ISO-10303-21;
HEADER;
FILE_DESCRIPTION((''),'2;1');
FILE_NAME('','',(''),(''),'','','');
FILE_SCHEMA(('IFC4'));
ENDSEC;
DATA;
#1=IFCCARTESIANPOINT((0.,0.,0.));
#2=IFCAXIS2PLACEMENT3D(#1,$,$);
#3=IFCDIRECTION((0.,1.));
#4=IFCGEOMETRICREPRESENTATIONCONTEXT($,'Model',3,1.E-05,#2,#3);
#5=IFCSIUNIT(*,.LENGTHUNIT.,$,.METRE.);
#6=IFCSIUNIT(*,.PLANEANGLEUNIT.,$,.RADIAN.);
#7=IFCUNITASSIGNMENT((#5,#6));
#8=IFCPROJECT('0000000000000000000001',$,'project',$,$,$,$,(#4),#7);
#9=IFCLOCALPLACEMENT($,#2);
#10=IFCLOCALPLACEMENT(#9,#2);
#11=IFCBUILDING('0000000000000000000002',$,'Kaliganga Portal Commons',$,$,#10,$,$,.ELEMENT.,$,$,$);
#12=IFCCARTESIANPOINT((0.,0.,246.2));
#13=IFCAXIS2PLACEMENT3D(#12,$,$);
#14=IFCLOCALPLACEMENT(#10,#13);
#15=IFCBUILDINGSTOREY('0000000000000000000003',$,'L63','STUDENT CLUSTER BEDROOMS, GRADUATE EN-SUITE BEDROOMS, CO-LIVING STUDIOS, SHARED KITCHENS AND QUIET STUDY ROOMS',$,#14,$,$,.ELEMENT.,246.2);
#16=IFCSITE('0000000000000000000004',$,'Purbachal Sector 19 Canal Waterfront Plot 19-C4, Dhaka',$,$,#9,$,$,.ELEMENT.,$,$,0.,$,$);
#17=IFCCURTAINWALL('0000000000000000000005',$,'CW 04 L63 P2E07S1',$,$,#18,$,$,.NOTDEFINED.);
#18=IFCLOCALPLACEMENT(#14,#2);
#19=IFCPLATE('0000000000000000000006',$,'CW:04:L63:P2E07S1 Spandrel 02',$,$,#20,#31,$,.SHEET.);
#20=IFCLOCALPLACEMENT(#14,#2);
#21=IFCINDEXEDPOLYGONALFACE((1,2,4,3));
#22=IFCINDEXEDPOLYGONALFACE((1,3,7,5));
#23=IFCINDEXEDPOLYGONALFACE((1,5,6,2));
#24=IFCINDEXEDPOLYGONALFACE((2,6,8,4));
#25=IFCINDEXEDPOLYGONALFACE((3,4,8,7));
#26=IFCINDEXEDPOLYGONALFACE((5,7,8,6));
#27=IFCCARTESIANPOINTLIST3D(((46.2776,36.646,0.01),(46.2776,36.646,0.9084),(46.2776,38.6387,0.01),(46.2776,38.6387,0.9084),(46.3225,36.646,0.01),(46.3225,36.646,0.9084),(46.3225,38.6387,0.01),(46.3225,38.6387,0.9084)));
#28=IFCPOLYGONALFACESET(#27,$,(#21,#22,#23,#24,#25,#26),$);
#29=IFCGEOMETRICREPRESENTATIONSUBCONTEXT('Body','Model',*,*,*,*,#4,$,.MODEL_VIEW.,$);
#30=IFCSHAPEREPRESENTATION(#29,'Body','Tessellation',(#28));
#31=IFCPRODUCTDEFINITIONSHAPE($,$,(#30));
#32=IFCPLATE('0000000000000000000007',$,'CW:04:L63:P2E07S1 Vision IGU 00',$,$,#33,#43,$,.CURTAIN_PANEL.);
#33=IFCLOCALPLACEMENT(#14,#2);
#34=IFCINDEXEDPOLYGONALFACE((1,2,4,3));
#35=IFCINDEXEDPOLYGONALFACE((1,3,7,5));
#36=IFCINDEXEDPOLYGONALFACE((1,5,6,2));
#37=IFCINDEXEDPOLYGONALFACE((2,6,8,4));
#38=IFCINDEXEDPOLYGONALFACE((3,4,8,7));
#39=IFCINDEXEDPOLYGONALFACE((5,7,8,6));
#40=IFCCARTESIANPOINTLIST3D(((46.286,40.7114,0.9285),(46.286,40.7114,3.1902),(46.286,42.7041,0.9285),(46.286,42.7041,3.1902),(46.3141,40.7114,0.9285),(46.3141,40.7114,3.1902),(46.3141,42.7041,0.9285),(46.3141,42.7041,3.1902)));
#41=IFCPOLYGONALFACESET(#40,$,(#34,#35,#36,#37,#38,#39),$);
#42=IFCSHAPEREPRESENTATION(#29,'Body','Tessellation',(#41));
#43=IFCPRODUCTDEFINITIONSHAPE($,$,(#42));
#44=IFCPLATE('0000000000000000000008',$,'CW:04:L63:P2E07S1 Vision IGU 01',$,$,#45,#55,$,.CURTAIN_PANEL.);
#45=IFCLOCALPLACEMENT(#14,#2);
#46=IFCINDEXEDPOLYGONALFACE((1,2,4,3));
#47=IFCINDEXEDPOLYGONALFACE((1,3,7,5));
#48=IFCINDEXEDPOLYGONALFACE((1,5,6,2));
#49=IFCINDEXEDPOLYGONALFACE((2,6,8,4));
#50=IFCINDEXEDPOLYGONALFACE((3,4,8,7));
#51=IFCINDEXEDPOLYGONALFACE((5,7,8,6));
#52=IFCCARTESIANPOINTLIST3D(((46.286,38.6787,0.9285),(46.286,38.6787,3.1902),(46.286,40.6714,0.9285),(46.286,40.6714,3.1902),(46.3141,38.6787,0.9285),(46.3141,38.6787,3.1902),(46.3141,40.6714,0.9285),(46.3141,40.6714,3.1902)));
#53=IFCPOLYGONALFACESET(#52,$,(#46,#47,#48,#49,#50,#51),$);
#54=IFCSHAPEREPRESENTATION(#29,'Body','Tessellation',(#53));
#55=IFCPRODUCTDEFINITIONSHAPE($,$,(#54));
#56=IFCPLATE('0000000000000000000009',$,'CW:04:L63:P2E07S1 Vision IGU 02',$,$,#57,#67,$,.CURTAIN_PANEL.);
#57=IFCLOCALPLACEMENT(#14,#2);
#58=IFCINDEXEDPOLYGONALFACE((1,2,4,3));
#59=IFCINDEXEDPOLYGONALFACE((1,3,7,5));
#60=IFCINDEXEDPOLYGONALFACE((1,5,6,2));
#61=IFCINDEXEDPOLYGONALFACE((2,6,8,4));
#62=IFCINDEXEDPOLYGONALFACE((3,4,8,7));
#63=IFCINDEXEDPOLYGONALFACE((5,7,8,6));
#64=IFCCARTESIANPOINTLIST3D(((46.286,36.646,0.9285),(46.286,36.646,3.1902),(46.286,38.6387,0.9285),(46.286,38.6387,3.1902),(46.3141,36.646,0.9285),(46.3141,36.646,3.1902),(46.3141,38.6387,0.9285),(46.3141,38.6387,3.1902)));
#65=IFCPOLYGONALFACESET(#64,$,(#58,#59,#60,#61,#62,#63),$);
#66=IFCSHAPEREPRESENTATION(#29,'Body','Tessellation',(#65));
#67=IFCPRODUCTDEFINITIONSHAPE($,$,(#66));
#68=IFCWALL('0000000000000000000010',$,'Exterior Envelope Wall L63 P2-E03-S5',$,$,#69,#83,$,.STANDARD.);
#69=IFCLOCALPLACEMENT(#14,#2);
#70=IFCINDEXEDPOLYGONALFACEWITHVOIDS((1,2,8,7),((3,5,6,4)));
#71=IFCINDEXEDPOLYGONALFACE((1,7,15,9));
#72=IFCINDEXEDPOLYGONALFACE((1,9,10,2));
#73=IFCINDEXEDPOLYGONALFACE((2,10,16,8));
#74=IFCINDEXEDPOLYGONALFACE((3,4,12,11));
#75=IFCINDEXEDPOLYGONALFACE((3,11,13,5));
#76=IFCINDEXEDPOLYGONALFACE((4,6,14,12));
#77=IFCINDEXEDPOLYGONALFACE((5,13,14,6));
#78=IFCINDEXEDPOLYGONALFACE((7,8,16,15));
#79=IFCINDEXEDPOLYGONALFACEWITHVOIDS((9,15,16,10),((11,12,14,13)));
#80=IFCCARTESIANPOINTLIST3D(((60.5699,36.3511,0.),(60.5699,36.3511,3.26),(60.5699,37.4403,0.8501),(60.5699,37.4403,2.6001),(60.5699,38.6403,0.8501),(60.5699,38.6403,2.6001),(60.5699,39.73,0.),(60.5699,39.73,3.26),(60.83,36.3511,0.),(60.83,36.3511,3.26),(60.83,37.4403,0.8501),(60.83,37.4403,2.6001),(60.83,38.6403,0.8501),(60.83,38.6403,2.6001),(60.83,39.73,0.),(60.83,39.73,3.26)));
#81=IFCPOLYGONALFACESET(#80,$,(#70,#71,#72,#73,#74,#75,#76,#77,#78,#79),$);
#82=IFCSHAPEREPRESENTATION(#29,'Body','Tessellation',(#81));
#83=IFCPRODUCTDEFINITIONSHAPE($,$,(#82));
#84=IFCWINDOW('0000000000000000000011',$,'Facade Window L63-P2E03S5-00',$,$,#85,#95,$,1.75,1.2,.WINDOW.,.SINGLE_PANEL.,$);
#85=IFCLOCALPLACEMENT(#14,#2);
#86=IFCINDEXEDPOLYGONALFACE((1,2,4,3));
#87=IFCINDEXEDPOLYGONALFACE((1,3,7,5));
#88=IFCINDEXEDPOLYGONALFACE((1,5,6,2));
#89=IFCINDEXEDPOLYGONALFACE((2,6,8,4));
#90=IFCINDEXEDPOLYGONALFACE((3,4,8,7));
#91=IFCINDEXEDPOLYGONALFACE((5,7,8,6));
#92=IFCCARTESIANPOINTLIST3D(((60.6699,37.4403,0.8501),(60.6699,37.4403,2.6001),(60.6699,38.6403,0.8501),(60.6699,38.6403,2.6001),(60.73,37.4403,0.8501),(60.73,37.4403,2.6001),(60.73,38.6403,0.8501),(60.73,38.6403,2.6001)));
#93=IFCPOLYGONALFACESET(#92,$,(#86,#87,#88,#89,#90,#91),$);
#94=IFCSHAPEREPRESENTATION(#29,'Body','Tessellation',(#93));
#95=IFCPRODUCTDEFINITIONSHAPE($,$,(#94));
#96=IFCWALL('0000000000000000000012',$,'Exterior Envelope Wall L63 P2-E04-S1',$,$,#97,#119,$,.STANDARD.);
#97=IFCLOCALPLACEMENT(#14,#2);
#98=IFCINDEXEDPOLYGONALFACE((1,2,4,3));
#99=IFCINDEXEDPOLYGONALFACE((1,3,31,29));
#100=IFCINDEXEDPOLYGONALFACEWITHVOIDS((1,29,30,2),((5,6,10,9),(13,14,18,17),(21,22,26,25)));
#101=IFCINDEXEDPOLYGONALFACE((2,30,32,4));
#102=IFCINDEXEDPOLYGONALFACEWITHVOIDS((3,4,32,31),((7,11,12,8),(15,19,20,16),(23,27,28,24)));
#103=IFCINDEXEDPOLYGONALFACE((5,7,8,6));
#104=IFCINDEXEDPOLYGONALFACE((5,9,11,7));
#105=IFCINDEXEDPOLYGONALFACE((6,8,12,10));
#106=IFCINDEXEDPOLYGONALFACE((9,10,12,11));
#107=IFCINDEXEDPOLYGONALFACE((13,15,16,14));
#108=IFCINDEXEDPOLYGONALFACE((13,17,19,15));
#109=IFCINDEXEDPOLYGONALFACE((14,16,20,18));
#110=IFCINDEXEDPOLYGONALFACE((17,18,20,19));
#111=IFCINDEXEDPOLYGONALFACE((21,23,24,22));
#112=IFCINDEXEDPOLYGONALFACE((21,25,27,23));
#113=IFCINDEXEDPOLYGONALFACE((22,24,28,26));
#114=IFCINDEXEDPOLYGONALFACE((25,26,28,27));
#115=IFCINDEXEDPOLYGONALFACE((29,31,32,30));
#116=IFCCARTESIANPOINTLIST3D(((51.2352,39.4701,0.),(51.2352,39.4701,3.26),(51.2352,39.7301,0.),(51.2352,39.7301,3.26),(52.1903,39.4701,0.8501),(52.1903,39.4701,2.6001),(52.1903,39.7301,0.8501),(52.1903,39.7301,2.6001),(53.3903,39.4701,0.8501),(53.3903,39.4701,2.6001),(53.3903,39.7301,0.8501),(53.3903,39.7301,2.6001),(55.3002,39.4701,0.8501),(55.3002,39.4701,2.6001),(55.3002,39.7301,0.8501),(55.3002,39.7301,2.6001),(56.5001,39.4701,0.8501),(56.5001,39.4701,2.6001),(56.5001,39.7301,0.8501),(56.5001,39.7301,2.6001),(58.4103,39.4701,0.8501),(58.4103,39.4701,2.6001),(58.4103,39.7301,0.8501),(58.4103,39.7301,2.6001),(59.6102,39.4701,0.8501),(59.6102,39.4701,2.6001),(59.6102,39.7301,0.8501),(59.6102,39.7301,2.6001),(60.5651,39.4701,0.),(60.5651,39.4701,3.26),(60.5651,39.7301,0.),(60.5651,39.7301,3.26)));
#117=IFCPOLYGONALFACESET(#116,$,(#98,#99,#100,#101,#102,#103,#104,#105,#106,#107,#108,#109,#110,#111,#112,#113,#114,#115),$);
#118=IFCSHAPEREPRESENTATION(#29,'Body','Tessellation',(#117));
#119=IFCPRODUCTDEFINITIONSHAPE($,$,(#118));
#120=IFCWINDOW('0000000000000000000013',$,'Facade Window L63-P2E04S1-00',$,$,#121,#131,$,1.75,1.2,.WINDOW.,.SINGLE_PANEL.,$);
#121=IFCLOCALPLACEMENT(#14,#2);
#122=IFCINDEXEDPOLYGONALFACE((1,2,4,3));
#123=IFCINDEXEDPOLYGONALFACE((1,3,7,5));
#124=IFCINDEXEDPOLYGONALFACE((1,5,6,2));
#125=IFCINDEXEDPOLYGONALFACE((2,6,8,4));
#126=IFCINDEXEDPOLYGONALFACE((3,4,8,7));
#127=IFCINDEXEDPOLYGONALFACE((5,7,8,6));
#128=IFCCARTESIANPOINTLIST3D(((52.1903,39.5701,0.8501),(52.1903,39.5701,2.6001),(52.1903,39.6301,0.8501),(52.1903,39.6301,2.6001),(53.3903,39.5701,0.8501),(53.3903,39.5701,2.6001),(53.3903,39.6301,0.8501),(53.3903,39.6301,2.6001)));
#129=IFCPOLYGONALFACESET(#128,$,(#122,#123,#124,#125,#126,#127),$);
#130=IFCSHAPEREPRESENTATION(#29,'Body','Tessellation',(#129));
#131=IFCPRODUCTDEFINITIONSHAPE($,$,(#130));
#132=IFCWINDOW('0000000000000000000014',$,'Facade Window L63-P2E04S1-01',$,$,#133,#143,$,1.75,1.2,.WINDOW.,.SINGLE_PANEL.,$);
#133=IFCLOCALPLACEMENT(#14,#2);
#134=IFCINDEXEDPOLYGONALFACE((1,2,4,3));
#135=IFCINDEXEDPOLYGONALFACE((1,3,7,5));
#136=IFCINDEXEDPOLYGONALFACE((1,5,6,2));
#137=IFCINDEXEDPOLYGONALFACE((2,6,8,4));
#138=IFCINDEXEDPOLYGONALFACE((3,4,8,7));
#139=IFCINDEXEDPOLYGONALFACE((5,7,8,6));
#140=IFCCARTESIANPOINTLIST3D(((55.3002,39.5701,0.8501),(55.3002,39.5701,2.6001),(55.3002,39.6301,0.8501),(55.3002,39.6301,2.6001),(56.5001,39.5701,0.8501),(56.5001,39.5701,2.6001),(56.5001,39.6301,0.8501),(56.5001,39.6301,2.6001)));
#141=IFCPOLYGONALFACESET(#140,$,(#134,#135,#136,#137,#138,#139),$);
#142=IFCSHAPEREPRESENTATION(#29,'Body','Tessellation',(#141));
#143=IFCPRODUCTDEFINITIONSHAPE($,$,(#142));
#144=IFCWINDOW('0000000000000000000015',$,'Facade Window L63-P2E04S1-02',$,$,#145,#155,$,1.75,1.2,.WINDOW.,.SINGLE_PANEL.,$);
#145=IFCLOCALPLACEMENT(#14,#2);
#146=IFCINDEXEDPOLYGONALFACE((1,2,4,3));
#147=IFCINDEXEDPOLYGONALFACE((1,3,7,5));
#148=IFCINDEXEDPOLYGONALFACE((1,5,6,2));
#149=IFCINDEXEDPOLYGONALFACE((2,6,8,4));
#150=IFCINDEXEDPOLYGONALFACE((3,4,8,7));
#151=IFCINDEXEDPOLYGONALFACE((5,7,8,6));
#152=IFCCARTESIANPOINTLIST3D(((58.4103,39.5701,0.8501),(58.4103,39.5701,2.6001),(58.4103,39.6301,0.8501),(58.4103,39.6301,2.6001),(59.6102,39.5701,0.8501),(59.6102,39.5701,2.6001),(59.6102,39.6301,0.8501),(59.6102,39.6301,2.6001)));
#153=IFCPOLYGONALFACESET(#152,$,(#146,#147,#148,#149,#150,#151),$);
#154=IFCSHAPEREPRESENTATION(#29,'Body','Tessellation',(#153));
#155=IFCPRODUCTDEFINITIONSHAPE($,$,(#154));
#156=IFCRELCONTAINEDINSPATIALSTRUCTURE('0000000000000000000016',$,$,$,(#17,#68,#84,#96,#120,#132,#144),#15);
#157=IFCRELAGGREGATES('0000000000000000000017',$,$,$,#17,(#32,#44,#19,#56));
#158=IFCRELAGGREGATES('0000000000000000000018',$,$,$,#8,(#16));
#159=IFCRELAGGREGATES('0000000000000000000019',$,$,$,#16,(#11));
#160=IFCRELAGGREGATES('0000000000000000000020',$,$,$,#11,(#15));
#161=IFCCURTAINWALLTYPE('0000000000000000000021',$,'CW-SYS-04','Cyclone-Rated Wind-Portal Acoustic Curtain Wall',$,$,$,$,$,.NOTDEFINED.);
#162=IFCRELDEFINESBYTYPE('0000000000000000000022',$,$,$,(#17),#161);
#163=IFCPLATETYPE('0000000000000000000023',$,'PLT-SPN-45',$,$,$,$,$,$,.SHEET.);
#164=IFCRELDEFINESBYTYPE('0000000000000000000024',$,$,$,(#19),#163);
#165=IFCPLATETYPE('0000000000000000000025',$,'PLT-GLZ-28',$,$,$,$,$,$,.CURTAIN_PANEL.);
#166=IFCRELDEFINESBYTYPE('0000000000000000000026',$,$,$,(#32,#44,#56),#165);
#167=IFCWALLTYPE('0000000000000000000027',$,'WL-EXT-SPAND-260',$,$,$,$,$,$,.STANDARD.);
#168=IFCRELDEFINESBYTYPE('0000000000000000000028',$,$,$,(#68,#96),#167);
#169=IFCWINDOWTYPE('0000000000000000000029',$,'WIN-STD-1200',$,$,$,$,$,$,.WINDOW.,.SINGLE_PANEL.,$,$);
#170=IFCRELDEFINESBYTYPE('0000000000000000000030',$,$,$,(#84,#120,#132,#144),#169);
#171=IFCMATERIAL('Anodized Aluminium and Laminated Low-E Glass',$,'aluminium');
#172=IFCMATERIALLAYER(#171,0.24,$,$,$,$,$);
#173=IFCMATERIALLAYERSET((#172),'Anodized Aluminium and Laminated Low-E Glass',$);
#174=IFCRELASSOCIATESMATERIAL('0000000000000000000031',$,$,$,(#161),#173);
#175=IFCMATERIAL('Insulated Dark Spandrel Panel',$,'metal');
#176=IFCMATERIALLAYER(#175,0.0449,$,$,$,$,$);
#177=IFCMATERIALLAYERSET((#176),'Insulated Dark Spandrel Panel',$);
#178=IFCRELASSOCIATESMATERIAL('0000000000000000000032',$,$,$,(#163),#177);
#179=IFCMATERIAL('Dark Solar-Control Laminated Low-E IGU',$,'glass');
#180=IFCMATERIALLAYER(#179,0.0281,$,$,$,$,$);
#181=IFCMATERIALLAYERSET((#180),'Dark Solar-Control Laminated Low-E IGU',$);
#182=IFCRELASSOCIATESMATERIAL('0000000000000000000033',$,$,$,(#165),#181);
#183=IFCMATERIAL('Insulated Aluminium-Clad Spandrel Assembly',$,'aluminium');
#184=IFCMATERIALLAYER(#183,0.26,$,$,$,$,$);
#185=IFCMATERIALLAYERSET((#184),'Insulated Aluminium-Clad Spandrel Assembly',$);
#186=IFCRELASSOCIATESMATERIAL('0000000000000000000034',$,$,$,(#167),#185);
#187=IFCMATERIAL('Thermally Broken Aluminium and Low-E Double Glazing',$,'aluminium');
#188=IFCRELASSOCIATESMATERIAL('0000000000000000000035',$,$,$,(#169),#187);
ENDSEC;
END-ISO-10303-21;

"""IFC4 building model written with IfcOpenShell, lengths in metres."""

from ifc_helpers import new_model, si_unit, direction, frame, frame_2d, origin, origin_2d, place, context, subcontext, project, spatial, rectangle, extrude, source, transform, mapped, material, layer, layer_set, type_object, element, fill, aggregate, save


model = new_model("IFC4")

# Units and contexts
model_context = context("Model", 3, precision=1e-05, world=origin(), true_north=direction((0.0, 1.0)))
body_context = subcontext(model_context, "Body", "Model", "MODEL_VIEW")
ifc_project = project(units=[si_unit("LENGTHUNIT", "METRE"), si_unit("PLANEANGLEUNIT", "RADIAN")], contexts=[model_context])

# Site, building, storey
site_placement = place(None, origin())
site = spatial("IfcSite", under=ifc_project, at=site_placement, Name="Purbachal Sector 19 Canal Waterfront Plot 19-C4, Dhaka", CompositionType="ELEMENT", RefElevation=0.0)
building_placement = place(site_placement, origin())
building = spatial("IfcBuilding", under=site, at=building_placement, Name="Kaliganga Portal Commons", CompositionType="ELEMENT")
storey_placement = place(building_placement, frame((0.0, 0.0, 246.2)))
storey = spatial("IfcBuildingStorey", under=building, at=storey_placement, Name="L63", Description="STUDENT CLUSTER BEDROOMS, GRADUATE EN-SUITE BEDROOMS, CO-LIVING STUDIOS, SHARED KITCHENS AND QUIET STUDY ROOMS", CompositionType="ELEMENT", Elevation=246.2)

# Curtain wall
ifc_material_1 = material(Name="Anodized Aluminium and Laminated Low-E Glass", Category="aluminium")
ifc_layer_1 = layer(ifc_material_1, 0.24)
ifc_layer_set_1 = layer_set([ifc_layer_1], Name="Anodized Aluminium and Laminated Low-E Glass")
curtain_wall_type = type_object("IfcCurtainWallType", Name="CW-SYS-04", Description="Cyclone-Rated Wind-Portal Acoustic Curtain Wall", PredefinedType="NOTDEFINED", material=ifc_layer_set_1)
curtain_wall_placement = place(storey_placement, origin())
curtain_wall = element("IfcCurtainWall", 1, at=curtain_wall_placement, inside=storey, type_object=curtain_wall_type, Name="CW 04 L63 P2E07S1", PredefinedType="NOTDEFINED")

# Plates
ifc_material_2 = material(Name="Insulated Dark Spandrel Panel", Category="metal")
ifc_layer_2 = layer(ifc_material_2, 0.0449)
ifc_layer_set_2 = layer_set([ifc_layer_2], Name="Insulated Dark Spandrel Panel")
plate_type_1 = type_object("IfcPlateType", Name="PLT-SPN-45", PredefinedType="SHEET", material=ifc_layer_set_2)
shared_shape_1 = source(origin(), body_context, "Body", "SweptSolid", [
    extrude(rectangle(XDim=1.9927, YDim=0.0449, at=origin_2d()), origin(), (0.0, 0.0, 1.0), 0.8984),
])
plate_1_placement = place(storey_placement, frame((46.3, 37.6423, 0.01), z_axis=(0.0, 0.0, 1.0), x_axis=(0.0, -1.0, 0.0)))
plate_1 = element("IfcPlate", 2, at=plate_1_placement, type_object=plate_type_1, Name="CW:04:L63:P2E07S1 Spandrel 02", PredefinedType="SHEET", context=body_context, shape_type="MappedRepresentation", body=[
    mapped(shared_shape_1, transform((0.0, 0.0, 0.0), x_axis=(1.0, 0.0, 0.0), y_axis=(0.0, 1.0, 0.0), z_axis=(0.0, 0.0, 1.0), scale=1.0)),
])
ifc_material_3 = material(Name="Dark Solar-Control Laminated Low-E IGU", Category="glass")
ifc_layer_3 = layer(ifc_material_3, 0.0281)
ifc_layer_set_3 = layer_set([ifc_layer_3], Name="Dark Solar-Control Laminated Low-E IGU")
plate_type_2 = type_object("IfcPlateType", Name="PLT-GLZ-28", PredefinedType="CURTAIN_PANEL", material=ifc_layer_set_3)
shared_shape_2 = source(origin(), body_context, "Body", "SweptSolid", [
    extrude(rectangle(XDim=1.9927, YDim=0.0281, at=origin_2d()), origin(), (0.0, 0.0, 1.0), 2.2617),
])
plate_2_placement = place(storey_placement, frame((46.3, 41.7078, 0.9285), z_axis=(0.0, 0.0, 1.0), x_axis=(0.0, -1.0, 0.0)))
plate_2 = element("IfcPlate", 3, at=plate_2_placement, type_object=plate_type_2, Name="CW:04:L63:P2E07S1 Vision IGU 00", PredefinedType="CURTAIN_PANEL", context=body_context, shape_type="MappedRepresentation", body=[
    mapped(shared_shape_2, transform((0.0, 0.0, 0.0), x_axis=(1.0, 0.0, 0.0), y_axis=(0.0, 1.0, 0.0), z_axis=(0.0, 0.0, 1.0), scale=1.0)),
])
plate_3_placement = place(storey_placement, frame((46.3, 39.675, 0.9285), z_axis=(0.0, 0.0, 1.0), x_axis=(0.0, -1.0, 0.0)))
plate_3 = element("IfcPlate", 4, at=plate_3_placement, type_object=plate_type_2, Name="CW:04:L63:P2E07S1 Vision IGU 01", PredefinedType="CURTAIN_PANEL", context=body_context, shape_type="MappedRepresentation", body=[
    mapped(shared_shape_2, transform((0.0, 0.0, 0.0), x_axis=(1.0, 0.0, 0.0), y_axis=(0.0, 1.0, 0.0), z_axis=(0.0, 0.0, 1.0), scale=1.0)),
])
plate_4_placement = place(storey_placement, frame((46.3, 37.6423, 0.9285), z_axis=(0.0, 0.0, 1.0), x_axis=(0.0, -1.0, 0.0)))
plate_4 = element("IfcPlate", 5, at=plate_4_placement, type_object=plate_type_2, Name="CW:04:L63:P2E07S1 Vision IGU 02", PredefinedType="CURTAIN_PANEL", context=body_context, shape_type="MappedRepresentation", body=[
    mapped(shared_shape_2, transform((0.0, 0.0, 0.0), x_axis=(1.0, 0.0, 0.0), y_axis=(0.0, 1.0, 0.0), z_axis=(0.0, 0.0, 1.0), scale=1.0)),
])
aggregate(curtain_wall, [plate_2, plate_3, plate_1, plate_4])

# Wall, opening, window
ifc_material_4 = material(Name="Insulated Aluminium-Clad Spandrel Assembly", Category="aluminium")
ifc_layer_4 = layer(ifc_material_4, 0.26)
ifc_layer_set_4 = layer_set([ifc_layer_4], Name="Insulated Aluminium-Clad Spandrel Assembly")
wall_type_1 = type_object("IfcWallType", Name="WL-EXT-SPAND-260", PredefinedType="STANDARD", material=ifc_layer_set_4)
wall_1_placement = place(storey_placement, frame((60.7, 39.73, 0.0), z_axis=(0.0, 0.0, 1.0), x_axis=(0.0, -1.0, 0.0)))
wall_1 = element("IfcWall", 6, at=wall_1_placement, inside=storey, type_object=wall_type_1, Name="Exterior Envelope Wall L63 P2-E03-S5", PredefinedType="STANDARD", context=body_context, shape_type="SweptSolid", body=[
    extrude(rectangle(XDim=3.3789, YDim=0.26, at=frame_2d((1.6895, 0.0))), origin(), (0.0, 0.0, 1.0), 3.26),
])
opening_1_placement = place(wall_1_placement, frame((1.0896, 0.0, 0.8501)))
opening_1 = element("IfcOpeningElement", 7, at=opening_1_placement, cuts=wall_1, PredefinedType="OPENING", context=body_context, shape_type="SweptSolid", body=[
    extrude(rectangle(XDim=1.2, YDim=1.75, at=frame_2d((0.6001, 0.875))), frame((0.0, 0.1401, 0.0), z_axis=(0.0, -1.0, 0.0), x_axis=(1.0, 0.0, 0.0)), (0.0, 0.0, 1.0), 0.28),
])
ifc_material_5 = material(Name="Thermally Broken Aluminium and Low-E Double Glazing", Category="aluminium")
window_type = type_object("IfcWindowType", Name="WIN-STD-1200", PartitioningType="SINGLE_PANEL", PredefinedType="WINDOW", material=ifc_material_5)
window_1_placement = place(opening_1_placement, origin())
window_1 = element("IfcWindow", 8, at=window_1_placement, inside=storey, type_object=window_type, Name="Facade Window L63-P2E03S5-00", OverallHeight=1.75, OverallWidth=1.2, PartitioningType="SINGLE_PANEL", PredefinedType="WINDOW", context=body_context, shape_type="SweptSolid", body=[
    extrude(rectangle(XDim=1.2, YDim=1.75, at=frame_2d((0.6001, 0.875))), frame((0.0, 0.03, 0.0), z_axis=(0.0, -1.0, 0.0), x_axis=(1.0, 0.0, 0.0)), (0.0, 0.0, 1.0), 0.0601),
])
fill(opening_1, window_1)

# Wall, openings, windows
wall_2_placement = place(storey_placement, frame((51.2351, 39.6001, 0.0), z_axis=(0.0, 0.0, 1.0), x_axis=(1.0, 0.0, 0.0)))
wall_2 = element("IfcWall", 9, at=wall_2_placement, inside=storey, type_object=wall_type_1, Name="Exterior Envelope Wall L63 P2-E04-S1", PredefinedType="STANDARD", context=body_context, shape_type="SweptSolid", body=[
    extrude(rectangle(XDim=9.3298, YDim=0.26, at=frame_2d((4.665, 0.0))), origin(), (0.0, 0.0, 1.0), 3.26),
])
opening_2_placement = place(wall_2_placement, frame((0.9551, 0.0, 0.8501)))
opening_2 = element("IfcOpeningElement", 10, at=opening_2_placement, cuts=wall_2, PredefinedType="OPENING", context=body_context, shape_type="SweptSolid", body=[
    extrude(rectangle(XDim=1.2, YDim=1.75, at=frame_2d((0.6001, 0.875))), frame((0.0, 0.1401, 0.0), z_axis=(0.0, -1.0, 0.0), x_axis=(1.0, 0.0, 0.0)), (0.0, 0.0, 1.0), 0.28),
])
opening_3_placement = place(wall_2_placement, frame((4.0649, 0.0, 0.8501)))
opening_3 = element("IfcOpeningElement", 11, at=opening_3_placement, cuts=wall_2, PredefinedType="OPENING", context=body_context, shape_type="SweptSolid", body=[
    extrude(rectangle(XDim=1.2, YDim=1.75, at=frame_2d((0.6001, 0.875))), frame((0.0, 0.1401, 0.0), z_axis=(0.0, -1.0, 0.0), x_axis=(1.0, 0.0, 0.0)), (0.0, 0.0, 1.0), 0.28),
])
opening_4_placement = place(wall_2_placement, frame((7.175, 0.0, 0.8501)))
opening_4 = element("IfcOpeningElement", 12, at=opening_4_placement, cuts=wall_2, PredefinedType="OPENING", context=body_context, shape_type="SweptSolid", body=[
    extrude(rectangle(XDim=1.2, YDim=1.75, at=frame_2d((0.6001, 0.875))), frame((0.0, 0.1401, 0.0), z_axis=(0.0, -1.0, 0.0), x_axis=(1.0, 0.0, 0.0)), (0.0, 0.0, 1.0), 0.28),
])
window_2_placement = place(opening_2_placement, origin())
window_2 = element("IfcWindow", 13, at=window_2_placement, inside=storey, type_object=window_type, Name="Facade Window L63-P2E04S1-00", OverallHeight=1.75, OverallWidth=1.2, PartitioningType="SINGLE_PANEL", PredefinedType="WINDOW", context=body_context, shape_type="SweptSolid", body=[
    extrude(rectangle(XDim=1.2, YDim=1.75, at=frame_2d((0.6001, 0.875))), frame((0.0, 0.03, 0.0), z_axis=(0.0, -1.0, 0.0), x_axis=(1.0, 0.0, 0.0)), (0.0, 0.0, 1.0), 0.0601),
])
fill(opening_2, window_2)
window_3_placement = place(opening_3_placement, origin())
window_3 = element("IfcWindow", 14, at=window_3_placement, inside=storey, type_object=window_type, Name="Facade Window L63-P2E04S1-01", OverallHeight=1.75, OverallWidth=1.2, PartitioningType="SINGLE_PANEL", PredefinedType="WINDOW", context=body_context, shape_type="SweptSolid", body=[
    extrude(rectangle(XDim=1.2, YDim=1.75, at=frame_2d((0.6001, 0.875))), frame((0.0, 0.03, 0.0), z_axis=(0.0, -1.0, 0.0), x_axis=(1.0, 0.0, 0.0)), (0.0, 0.0, 1.0), 0.0601),
])
fill(opening_3, window_3)
window_4_placement = place(opening_4_placement, origin())
window_4 = element("IfcWindow", 15, at=window_4_placement, inside=storey, type_object=window_type, Name="Facade Window L63-P2E04S1-02", OverallHeight=1.75, OverallWidth=1.2, PartitioningType="SINGLE_PANEL", PredefinedType="WINDOW", context=body_context, shape_type="SweptSolid", body=[
    extrude(rectangle(XDim=1.2, YDim=1.75, at=frame_2d((0.6001, 0.875))), frame((0.0, 0.03, 0.0), z_axis=(0.0, -1.0, 0.0), x_axis=(1.0, 0.0, 0.0)), (0.0, 0.0, 1.0), 0.0601),
])
fill(opening_4, window_4)

save(model, "model.ifc")
